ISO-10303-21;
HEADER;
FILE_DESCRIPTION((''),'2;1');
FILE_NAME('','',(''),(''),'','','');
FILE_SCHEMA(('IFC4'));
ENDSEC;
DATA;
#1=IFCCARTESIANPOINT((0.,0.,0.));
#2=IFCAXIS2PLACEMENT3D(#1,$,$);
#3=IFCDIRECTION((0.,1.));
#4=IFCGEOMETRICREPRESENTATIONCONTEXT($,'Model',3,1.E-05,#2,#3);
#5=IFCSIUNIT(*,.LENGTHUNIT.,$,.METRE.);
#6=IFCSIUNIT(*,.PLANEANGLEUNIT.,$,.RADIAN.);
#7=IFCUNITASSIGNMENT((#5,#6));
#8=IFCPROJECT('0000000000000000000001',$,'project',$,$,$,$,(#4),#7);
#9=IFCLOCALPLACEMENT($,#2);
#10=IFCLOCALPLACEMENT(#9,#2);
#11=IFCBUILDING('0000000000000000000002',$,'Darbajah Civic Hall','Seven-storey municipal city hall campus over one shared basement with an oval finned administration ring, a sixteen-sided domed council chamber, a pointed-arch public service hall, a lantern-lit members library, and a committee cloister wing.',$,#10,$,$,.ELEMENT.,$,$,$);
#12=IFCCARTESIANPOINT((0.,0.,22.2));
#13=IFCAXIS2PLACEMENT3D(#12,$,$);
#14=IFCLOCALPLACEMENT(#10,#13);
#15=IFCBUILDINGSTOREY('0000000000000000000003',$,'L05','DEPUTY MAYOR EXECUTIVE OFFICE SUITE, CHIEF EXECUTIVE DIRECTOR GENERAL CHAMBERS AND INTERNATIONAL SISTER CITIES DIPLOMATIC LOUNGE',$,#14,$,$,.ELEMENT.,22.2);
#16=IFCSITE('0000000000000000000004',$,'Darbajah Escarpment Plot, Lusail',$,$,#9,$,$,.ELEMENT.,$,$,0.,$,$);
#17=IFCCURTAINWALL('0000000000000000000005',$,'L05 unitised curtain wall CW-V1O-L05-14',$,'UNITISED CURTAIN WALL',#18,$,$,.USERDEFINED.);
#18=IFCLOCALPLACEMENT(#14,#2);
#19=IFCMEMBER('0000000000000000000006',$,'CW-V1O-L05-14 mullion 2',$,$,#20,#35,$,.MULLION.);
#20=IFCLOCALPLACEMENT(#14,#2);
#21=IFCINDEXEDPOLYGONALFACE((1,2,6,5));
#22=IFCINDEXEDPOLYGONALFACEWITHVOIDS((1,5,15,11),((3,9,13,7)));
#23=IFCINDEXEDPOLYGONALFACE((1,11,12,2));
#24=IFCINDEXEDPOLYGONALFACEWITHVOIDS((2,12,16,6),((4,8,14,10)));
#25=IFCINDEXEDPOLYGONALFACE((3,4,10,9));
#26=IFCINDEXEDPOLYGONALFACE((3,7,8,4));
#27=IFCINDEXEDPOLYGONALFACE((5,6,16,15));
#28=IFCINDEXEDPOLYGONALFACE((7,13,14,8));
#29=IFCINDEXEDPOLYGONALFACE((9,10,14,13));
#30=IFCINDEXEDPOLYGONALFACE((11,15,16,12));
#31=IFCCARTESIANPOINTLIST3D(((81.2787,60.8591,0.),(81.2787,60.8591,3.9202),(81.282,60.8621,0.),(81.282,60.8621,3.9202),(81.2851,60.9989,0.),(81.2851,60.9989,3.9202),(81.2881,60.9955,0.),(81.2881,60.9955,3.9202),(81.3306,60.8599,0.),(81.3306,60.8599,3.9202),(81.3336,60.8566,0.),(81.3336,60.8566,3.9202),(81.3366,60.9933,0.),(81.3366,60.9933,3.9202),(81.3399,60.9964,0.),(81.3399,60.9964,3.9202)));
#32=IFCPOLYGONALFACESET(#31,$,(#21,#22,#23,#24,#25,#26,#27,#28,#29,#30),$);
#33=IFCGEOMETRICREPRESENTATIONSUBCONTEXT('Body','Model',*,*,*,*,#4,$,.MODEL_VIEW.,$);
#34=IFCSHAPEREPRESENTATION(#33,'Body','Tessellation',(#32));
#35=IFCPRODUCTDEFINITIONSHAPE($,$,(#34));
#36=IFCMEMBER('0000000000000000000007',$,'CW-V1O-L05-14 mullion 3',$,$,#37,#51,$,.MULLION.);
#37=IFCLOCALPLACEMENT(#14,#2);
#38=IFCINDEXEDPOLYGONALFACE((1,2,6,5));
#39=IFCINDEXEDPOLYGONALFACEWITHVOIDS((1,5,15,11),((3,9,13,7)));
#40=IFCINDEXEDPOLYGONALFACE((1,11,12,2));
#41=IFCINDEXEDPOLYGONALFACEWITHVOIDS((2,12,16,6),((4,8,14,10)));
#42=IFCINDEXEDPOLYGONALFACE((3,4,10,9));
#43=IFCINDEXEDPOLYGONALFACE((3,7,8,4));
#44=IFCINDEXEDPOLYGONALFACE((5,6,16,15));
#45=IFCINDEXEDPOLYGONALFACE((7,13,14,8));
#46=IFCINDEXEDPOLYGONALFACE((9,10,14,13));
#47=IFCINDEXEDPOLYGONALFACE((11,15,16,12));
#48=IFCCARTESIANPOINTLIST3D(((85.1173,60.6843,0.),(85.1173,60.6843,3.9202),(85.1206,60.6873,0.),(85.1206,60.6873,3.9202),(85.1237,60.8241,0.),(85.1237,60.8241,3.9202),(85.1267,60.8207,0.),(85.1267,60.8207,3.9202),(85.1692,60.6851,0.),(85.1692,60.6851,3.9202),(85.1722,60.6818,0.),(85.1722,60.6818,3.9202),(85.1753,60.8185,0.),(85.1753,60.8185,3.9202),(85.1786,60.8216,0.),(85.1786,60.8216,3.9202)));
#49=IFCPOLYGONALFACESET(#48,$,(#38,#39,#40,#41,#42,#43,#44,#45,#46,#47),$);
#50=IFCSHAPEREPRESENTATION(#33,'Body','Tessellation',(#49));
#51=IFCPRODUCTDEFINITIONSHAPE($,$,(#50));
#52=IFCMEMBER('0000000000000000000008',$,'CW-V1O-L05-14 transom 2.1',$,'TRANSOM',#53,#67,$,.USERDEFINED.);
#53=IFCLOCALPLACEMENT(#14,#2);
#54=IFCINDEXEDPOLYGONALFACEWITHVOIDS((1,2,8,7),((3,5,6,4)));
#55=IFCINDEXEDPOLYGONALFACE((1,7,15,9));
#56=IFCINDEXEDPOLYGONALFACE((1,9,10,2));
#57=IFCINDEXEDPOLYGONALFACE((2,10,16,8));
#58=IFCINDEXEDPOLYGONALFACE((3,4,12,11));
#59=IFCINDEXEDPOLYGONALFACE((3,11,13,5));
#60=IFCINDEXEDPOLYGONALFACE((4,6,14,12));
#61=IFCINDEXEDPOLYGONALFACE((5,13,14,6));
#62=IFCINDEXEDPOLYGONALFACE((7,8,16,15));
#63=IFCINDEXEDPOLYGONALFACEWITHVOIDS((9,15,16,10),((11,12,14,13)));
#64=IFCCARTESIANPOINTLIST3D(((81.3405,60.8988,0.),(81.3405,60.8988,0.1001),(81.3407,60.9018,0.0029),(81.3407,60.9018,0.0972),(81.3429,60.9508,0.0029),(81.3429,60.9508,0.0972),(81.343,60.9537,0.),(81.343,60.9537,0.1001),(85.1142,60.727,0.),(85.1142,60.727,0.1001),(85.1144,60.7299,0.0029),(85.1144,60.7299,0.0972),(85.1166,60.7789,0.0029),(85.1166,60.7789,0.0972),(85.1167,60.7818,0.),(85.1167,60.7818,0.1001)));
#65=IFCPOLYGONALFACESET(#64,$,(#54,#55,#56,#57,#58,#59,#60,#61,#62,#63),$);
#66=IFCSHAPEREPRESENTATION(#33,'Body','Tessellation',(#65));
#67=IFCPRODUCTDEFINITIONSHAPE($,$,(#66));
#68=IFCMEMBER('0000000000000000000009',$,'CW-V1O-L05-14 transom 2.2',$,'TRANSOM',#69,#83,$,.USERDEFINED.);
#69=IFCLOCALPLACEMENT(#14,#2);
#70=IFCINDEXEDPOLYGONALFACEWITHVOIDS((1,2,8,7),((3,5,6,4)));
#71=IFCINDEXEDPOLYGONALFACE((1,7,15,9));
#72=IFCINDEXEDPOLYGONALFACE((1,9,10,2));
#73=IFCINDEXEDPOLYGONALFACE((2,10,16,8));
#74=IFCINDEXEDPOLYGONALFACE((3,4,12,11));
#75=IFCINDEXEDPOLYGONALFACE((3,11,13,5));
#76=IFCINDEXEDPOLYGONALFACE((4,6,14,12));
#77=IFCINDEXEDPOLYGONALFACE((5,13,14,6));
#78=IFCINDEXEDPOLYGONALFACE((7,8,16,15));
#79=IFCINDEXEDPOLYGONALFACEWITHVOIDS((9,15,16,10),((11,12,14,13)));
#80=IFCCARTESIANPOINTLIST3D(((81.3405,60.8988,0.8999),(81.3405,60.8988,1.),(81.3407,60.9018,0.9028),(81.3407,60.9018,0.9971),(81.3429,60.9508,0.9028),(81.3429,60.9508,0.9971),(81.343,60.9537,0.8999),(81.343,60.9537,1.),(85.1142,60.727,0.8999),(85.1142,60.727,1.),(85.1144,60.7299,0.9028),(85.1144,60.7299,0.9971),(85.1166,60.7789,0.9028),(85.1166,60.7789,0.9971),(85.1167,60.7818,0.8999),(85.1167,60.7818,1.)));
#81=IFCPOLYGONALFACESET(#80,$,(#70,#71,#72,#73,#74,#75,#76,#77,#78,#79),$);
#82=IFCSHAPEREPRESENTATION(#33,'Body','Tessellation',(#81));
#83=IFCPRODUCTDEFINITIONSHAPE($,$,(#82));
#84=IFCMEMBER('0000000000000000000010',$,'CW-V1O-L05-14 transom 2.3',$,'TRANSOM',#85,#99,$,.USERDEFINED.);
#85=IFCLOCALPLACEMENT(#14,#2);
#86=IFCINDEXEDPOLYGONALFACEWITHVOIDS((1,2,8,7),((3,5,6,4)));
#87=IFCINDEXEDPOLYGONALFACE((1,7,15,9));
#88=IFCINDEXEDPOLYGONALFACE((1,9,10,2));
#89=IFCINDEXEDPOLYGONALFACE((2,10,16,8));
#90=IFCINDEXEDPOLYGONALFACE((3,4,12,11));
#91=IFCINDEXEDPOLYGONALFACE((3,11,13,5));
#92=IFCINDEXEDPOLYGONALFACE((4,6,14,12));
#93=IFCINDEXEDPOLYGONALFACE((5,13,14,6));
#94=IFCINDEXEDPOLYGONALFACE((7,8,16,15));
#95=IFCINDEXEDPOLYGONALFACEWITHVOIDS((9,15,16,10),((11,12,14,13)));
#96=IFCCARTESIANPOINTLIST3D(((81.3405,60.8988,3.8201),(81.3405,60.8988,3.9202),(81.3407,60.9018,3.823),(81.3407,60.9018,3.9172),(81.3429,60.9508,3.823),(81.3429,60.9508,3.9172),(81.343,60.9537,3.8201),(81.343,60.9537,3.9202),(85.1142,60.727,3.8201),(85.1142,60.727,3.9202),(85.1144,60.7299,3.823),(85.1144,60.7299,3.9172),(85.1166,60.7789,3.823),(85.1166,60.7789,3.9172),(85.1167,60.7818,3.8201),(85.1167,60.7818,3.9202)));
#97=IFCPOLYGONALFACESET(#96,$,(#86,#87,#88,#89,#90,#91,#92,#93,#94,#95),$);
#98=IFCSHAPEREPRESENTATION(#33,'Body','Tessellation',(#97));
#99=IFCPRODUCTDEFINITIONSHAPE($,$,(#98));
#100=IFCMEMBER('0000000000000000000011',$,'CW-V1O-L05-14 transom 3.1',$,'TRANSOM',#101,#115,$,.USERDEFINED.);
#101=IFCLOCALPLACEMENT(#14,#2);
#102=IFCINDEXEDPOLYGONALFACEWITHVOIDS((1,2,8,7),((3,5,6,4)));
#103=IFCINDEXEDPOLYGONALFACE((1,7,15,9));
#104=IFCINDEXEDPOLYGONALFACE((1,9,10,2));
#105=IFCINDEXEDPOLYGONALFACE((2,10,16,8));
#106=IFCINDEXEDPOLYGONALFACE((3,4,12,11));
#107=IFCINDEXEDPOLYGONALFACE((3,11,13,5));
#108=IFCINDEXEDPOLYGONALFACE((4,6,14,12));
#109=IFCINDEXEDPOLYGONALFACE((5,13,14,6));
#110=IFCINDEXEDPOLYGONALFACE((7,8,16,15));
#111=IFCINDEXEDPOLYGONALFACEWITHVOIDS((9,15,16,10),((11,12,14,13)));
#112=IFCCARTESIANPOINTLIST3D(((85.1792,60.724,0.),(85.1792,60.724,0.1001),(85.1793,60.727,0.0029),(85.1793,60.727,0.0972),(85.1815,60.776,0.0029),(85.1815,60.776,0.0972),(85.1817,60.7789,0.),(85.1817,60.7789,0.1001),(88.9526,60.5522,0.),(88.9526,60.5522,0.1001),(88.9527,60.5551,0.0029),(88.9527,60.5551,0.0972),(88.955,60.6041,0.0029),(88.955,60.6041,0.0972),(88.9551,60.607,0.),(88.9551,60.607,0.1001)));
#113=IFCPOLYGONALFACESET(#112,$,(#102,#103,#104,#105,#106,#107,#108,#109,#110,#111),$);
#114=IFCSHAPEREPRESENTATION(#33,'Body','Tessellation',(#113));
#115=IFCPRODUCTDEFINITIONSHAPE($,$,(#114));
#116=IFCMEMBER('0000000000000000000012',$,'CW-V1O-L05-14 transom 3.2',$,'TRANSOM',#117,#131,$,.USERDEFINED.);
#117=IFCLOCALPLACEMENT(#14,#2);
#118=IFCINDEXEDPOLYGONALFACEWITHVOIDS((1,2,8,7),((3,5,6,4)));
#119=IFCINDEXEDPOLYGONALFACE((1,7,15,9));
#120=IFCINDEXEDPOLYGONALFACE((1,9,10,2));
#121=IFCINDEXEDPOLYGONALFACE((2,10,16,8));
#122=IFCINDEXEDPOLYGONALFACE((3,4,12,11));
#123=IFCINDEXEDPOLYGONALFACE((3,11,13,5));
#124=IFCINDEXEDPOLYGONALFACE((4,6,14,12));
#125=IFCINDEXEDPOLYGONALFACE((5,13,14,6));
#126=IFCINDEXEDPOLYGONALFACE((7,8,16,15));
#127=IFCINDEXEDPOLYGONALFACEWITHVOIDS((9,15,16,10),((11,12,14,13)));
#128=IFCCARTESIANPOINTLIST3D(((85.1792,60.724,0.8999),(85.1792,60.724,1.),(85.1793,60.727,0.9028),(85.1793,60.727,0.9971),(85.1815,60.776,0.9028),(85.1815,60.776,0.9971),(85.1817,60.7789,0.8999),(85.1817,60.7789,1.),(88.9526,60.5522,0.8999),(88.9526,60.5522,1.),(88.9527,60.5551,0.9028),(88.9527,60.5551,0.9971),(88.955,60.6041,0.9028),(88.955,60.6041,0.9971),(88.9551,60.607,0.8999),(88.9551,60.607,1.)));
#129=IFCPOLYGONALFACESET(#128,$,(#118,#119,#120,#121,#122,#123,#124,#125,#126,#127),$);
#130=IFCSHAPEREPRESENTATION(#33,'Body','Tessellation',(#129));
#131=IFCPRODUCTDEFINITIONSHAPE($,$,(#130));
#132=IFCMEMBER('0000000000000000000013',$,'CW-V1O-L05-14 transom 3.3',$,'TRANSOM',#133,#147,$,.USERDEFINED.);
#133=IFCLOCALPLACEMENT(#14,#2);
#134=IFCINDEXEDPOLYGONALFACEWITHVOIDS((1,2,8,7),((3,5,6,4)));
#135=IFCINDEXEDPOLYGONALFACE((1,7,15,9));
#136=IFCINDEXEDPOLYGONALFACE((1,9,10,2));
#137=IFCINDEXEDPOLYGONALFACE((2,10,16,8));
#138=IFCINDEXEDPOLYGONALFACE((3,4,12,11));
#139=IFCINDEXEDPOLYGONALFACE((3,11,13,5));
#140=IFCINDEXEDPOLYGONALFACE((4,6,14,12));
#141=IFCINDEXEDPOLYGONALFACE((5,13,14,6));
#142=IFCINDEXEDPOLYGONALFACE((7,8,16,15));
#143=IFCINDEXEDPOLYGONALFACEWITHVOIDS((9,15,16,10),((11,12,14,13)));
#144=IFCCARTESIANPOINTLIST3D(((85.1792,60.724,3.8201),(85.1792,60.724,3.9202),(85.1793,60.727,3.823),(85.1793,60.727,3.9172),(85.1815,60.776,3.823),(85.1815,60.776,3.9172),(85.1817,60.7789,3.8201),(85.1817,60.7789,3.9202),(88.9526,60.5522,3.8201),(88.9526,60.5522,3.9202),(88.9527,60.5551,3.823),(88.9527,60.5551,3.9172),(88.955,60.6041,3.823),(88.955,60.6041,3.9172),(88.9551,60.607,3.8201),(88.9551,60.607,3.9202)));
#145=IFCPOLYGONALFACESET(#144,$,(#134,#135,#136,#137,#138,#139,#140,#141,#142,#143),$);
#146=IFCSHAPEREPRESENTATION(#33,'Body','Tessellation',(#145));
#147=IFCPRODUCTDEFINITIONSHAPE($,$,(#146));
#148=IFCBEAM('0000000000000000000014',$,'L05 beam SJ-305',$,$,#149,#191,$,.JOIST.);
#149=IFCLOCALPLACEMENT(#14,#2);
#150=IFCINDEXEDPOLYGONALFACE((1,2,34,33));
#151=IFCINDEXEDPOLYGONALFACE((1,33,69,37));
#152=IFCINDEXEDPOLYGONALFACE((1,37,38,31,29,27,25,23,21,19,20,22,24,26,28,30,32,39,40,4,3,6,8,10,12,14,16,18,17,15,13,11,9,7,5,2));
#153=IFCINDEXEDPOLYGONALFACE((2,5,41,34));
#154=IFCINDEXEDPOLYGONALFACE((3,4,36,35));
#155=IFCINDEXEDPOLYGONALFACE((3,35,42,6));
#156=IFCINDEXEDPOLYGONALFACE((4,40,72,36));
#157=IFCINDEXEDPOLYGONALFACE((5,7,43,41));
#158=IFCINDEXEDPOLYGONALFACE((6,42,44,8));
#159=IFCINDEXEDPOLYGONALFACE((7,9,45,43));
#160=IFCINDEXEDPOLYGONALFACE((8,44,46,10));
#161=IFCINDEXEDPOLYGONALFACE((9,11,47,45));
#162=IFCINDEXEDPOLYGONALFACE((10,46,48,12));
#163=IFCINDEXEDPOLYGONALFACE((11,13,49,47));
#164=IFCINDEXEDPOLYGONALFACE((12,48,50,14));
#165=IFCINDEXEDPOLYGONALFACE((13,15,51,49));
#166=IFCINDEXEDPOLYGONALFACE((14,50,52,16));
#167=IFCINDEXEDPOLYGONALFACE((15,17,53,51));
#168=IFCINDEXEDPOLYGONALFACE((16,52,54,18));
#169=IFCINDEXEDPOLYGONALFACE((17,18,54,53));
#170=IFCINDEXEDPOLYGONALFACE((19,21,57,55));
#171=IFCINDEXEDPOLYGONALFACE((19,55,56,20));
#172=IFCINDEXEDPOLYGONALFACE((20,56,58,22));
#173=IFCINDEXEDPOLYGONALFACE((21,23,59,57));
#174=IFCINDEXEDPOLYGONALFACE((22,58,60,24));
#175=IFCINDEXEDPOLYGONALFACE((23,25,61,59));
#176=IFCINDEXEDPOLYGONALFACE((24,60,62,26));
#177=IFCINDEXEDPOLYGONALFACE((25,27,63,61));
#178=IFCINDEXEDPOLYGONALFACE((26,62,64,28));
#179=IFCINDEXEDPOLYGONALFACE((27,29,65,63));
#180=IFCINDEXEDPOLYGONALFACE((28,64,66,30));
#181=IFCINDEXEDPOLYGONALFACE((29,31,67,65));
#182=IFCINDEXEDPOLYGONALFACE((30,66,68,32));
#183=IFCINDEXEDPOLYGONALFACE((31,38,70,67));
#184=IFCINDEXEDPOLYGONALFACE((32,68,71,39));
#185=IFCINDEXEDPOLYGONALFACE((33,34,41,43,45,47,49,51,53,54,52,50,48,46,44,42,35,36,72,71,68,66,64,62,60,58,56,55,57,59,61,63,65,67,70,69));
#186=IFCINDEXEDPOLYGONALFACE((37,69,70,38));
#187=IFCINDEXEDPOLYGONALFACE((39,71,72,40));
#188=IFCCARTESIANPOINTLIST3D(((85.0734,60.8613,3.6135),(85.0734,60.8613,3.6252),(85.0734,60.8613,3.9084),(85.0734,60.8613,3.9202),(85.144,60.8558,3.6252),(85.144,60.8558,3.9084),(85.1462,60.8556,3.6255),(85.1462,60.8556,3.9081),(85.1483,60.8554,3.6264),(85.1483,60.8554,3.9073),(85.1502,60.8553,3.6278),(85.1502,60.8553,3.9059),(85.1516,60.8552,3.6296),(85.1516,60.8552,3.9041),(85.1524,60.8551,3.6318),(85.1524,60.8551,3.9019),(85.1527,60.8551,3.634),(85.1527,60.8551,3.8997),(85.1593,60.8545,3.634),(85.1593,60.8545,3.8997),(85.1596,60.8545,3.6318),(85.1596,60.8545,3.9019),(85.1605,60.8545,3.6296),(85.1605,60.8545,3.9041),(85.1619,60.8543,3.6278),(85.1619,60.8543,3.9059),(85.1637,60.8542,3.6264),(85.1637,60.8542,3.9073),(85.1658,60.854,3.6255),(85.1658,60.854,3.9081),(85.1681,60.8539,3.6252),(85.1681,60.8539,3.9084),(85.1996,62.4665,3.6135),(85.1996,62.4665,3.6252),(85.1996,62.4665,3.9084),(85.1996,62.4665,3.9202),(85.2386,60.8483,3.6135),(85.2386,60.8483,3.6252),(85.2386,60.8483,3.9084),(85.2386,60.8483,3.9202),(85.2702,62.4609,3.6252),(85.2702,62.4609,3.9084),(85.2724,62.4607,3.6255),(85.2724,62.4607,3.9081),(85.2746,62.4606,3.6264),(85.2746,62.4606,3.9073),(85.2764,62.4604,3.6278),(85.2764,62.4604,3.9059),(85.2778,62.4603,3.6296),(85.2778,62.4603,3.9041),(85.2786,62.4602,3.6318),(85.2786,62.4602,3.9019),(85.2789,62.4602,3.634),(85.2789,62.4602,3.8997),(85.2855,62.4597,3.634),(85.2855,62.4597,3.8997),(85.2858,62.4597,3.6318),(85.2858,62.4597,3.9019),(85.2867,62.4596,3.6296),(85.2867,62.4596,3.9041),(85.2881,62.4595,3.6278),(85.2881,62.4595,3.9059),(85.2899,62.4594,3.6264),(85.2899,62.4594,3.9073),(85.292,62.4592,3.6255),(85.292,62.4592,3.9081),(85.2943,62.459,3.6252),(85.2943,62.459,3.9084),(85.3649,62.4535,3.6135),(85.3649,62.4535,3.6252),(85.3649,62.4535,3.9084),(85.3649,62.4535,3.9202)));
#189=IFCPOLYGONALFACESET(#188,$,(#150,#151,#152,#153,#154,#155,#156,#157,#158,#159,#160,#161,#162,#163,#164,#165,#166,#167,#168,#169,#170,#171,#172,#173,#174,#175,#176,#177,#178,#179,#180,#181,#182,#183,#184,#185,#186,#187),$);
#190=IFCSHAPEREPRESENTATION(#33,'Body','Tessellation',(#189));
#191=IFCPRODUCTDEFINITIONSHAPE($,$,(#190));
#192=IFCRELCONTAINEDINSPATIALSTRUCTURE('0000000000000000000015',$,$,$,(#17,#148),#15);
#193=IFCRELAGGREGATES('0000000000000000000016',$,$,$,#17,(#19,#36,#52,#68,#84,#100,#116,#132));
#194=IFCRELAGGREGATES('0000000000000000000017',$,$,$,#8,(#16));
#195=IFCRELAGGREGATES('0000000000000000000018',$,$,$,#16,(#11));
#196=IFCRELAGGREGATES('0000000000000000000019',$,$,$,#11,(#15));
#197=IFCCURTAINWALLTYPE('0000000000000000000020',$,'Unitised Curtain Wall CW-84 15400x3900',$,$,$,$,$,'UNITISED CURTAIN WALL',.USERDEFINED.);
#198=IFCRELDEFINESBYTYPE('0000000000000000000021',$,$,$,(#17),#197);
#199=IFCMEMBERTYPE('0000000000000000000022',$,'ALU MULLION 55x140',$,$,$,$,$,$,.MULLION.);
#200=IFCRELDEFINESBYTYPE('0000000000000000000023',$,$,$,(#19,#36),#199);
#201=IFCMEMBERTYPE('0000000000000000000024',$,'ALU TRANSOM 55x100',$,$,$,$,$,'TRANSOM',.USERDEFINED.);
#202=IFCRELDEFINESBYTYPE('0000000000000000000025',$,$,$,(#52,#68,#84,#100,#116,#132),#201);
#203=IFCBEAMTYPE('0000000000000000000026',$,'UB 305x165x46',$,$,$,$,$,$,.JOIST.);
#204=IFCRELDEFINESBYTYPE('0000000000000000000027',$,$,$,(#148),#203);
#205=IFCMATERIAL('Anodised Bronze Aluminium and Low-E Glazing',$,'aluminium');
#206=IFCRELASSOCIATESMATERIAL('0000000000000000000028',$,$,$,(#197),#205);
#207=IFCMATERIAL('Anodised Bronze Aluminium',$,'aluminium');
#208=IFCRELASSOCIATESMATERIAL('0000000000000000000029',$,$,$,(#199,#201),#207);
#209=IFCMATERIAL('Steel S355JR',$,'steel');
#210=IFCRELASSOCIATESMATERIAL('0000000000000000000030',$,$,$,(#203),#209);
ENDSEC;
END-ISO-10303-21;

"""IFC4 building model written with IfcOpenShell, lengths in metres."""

from ifc_helpers import new_model, si_unit, direction, frame, origin, origin_2d, place, context, subcontext, project, spatial, hollow_rectangle, i_section, extrude, material, material_profile, profile_set, type_object, element, aggregate, save


model = new_model("IFC4")

# Units and contexts
model_context = context("Model", 3, precision=1e-05, world=origin(), true_north=direction((0.0, 1.0)))
body_context = subcontext(model_context, "Body", "Model", "MODEL_VIEW")
ifc_project = project(units=[si_unit("LENGTHUNIT", "METRE"), si_unit("PLANEANGLEUNIT", "RADIAN")], contexts=[model_context])

# Site, building, storey
site_placement = place(None, origin())
site = spatial("IfcSite", under=ifc_project, at=site_placement, Name="Darbajah Escarpment Plot, Lusail", CompositionType="ELEMENT", RefElevation=0.0)
building_placement = place(site_placement, origin())
building = spatial("IfcBuilding", under=site, at=building_placement, Name="Darbajah Civic Hall", Description="Seven-storey municipal city hall campus over one shared basement with an oval finned administration ring, a sixteen-sided domed council chamber, a pointed-arch public service hall, a lantern-lit members library, and a committee cloister wing.", CompositionType="ELEMENT")
storey_placement = place(building_placement, frame((0.0, 0.0, 22.2)))
storey = spatial("IfcBuildingStorey", under=building, at=storey_placement, Name="L05", Description="DEPUTY MAYOR EXECUTIVE OFFICE SUITE, CHIEF EXECUTIVE DIRECTOR GENERAL CHAMBERS AND INTERNATIONAL SISTER CITIES DIPLOMATIC LOUNGE", CompositionType="ELEMENT", Elevation=22.2)

# Curtain wall, members
ifc_material_1 = material(Name="Anodised Bronze Aluminium and Low-E Glazing", Category="aluminium")
curtain_wall_type = type_object("IfcCurtainWallType", Name="Unitised Curtain Wall CW-84 15400x3900", ElementType="UNITISED CURTAIN WALL", PredefinedType="USERDEFINED", material=ifc_material_1)
curtain_wall_placement = place(storey_placement, origin())
curtain_wall = element("IfcCurtainWall", 1, at=curtain_wall_placement, inside=storey, type_object=curtain_wall_type, Name="L05 unitised curtain wall CW-V1O-L05-14", ObjectType="UNITISED CURTAIN WALL", PredefinedType="USERDEFINED")
ifc_material_2 = material(Name="Anodised Bronze Aluminium", Category="aluminium")
ifc_material_profile_1 = material_profile(ifc_material_2, hollow_rectangle(XDim=0.0549, YDim=0.1399, WallThickness=0.0032, at=origin_2d()), Name="ALU MULLION 55x140")
ifc_profile_set_1 = profile_set([ifc_material_profile_1], Name="Anodised Bronze Aluminium")
member_type_1 = type_object("IfcMemberType", Name="ALU MULLION 55x140", PredefinedType="MULLION", material=ifc_profile_set_1)
member_1_placement = place(storey_placement, frame((81.3093, 60.9277, 0.0), z_axis=(0.0, 0.0, 1.0), x_axis=(0.998963, -0.045537, 0.0)))
member_1 = element("IfcMember", 2, at=member_1_placement, type_object=member_type_1, Name="CW-V1O-L05-14 mullion 2", PredefinedType="MULLION", context=body_context, shape_type="SweptSolid", body=[
    extrude(hollow_rectangle(XDim=0.0549, YDim=0.1399, WallThickness=0.0032, at=origin_2d()), origin(), (0.0, 0.0, 1.0), 3.9202),
])
member_2_placement = place(storey_placement, frame((85.1479, 60.7529, 0.0), z_axis=(0.0, 0.0, 1.0), x_axis=(0.998963, -0.045537, 0.0)))
member_2 = element("IfcMember", 3, at=member_2_placement, type_object=member_type_1, Name="CW-V1O-L05-14 mullion 3", PredefinedType="MULLION", context=body_context, shape_type="SweptSolid", body=[
    extrude(hollow_rectangle(XDim=0.0549, YDim=0.1399, WallThickness=0.0032, at=origin_2d()), origin(), (0.0, 0.0, 1.0), 3.9202),
])
ifc_material_profile_2 = material_profile(ifc_material_2, hollow_rectangle(XDim=0.0549, YDim=0.1001, WallThickness=0.0029, at=origin_2d()), Name="ALU TRANSOM 55x100")
ifc_profile_set_2 = profile_set([ifc_material_profile_2], Name="Anodised Bronze Aluminium")
member_type_2 = type_object("IfcMemberType", Name="ALU TRANSOM 55x100", ElementType="TRANSOM", PredefinedType="USERDEFINED", material=ifc_profile_set_2)
member_3_placement = place(storey_placement, frame((81.3418, 60.9263, 0.05), z_axis=(0.998964, -0.045499, 0.0), x_axis=(0.045499, 0.998964, 0.0)))
member_3 = element("IfcMember", 4, at=member_3_placement, type_object=member_type_2, Name="CW-V1O-L05-14 transom 2.1", ObjectType="TRANSOM", PredefinedType="USERDEFINED", context=body_context, shape_type="SweptSolid", body=[
    extrude(hollow_rectangle(XDim=0.0549, YDim=0.1001, WallThickness=0.0029, at=origin_2d()), origin(), (0.0, 0.0, 1.0), 3.7776),
])
member_4_placement = place(storey_placement, frame((81.3418, 60.9263, 0.95), z_axis=(0.998964, -0.045499, 0.0), x_axis=(0.045499, 0.998964, 0.0)))
member_4 = element("IfcMember", 5, at=member_4_placement, type_object=member_type_2, Name="CW-V1O-L05-14 transom 2.2", ObjectType="TRANSOM", PredefinedType="USERDEFINED", context=body_context, shape_type="SweptSolid", body=[
    extrude(hollow_rectangle(XDim=0.0549, YDim=0.1001, WallThickness=0.0029, at=origin_2d()), origin(), (0.0, 0.0, 1.0), 3.7776),
])
member_5_placement = place(storey_placement, frame((81.3418, 60.9263, 3.8701), z_axis=(0.998964, -0.045499, 0.0), x_axis=(0.045499, 0.998964, 0.0)))
member_5 = element("IfcMember", 6, at=member_5_placement, type_object=member_type_2, Name="CW-V1O-L05-14 transom 2.3", ObjectType="TRANSOM", PredefinedType="USERDEFINED", context=body_context, shape_type="SweptSolid", body=[
    extrude(hollow_rectangle(XDim=0.0549, YDim=0.1001, WallThickness=0.0029, at=origin_2d()), origin(), (0.0, 0.0, 1.0), 3.7776),
])
member_6_placement = place(storey_placement, frame((85.1804, 60.7515, 0.05), z_axis=(0.998964, -0.045501, 0.0), x_axis=(0.045501, 0.998964, 0.0)))
member_6 = element("IfcMember", 7, at=member_6_placement, type_object=member_type_2, Name="CW-V1O-L05-14 transom 3.1", ObjectType="TRANSOM", PredefinedType="USERDEFINED", context=body_context, shape_type="SweptSolid", body=[
    extrude(hollow_rectangle(XDim=0.0549, YDim=0.1001, WallThickness=0.0029, at=origin_2d()), origin(), (0.0, 0.0, 1.0), 3.7773),
])
member_7_placement = place(storey_placement, frame((85.1804, 60.7515, 0.95), z_axis=(0.998964, -0.045501, 0.0), x_axis=(0.045501, 0.998964, 0.0)))
member_7 = element("IfcMember", 8, at=member_7_placement, type_object=member_type_2, Name="CW-V1O-L05-14 transom 3.2", ObjectType="TRANSOM", PredefinedType="USERDEFINED", context=body_context, shape_type="SweptSolid", body=[
    extrude(hollow_rectangle(XDim=0.0549, YDim=0.1001, WallThickness=0.0029, at=origin_2d()), origin(), (0.0, 0.0, 1.0), 3.7773),
])
member_8_placement = place(storey_placement, frame((85.1804, 60.7515, 3.8701), z_axis=(0.998964, -0.045501, 0.0), x_axis=(0.045501, 0.998964, 0.0)))
member_8 = element("IfcMember", 9, at=member_8_placement, type_object=member_type_2, Name="CW-V1O-L05-14 transom 3.3", ObjectType="TRANSOM", PredefinedType="USERDEFINED", context=body_context, shape_type="SweptSolid", body=[
    extrude(hollow_rectangle(XDim=0.0549, YDim=0.1001, WallThickness=0.0029, at=origin_2d()), origin(), (0.0, 0.0, 1.0), 3.7773),
])

# Beam
ifc_material_3 = material(Name="Steel S355JR", Category="steel")
ifc_material_profile_3 = material_profile(ifc_material_3, i_section(OverallWidth=0.1658, OverallDepth=0.3066, WebThickness=0.0066, FlangeThickness=0.0117, FilletRadius=0.0088, at=origin_2d()), Name="UB 305x165x46")
ifc_profile_set_3 = profile_set([ifc_material_profile_3], Name="Steel S355JR")
beam_type = type_object("IfcBeamType", Name="UB 305x165x46", PredefinedType="JOIST", material=ifc_profile_set_3)
beam_placement = place(storey_placement, frame((85.2822, 62.46, 3.7668), z_axis=(-0.078389, -0.996923, 0.0), x_axis=(0.996923, -0.078389, 0.0)))
element("IfcBeam", 10, at=beam_placement, inside=storey, type_object=beam_type, Name="L05 beam SJ-305", PredefinedType="JOIST", context=body_context, shape_type="SweptSolid", body=[
    extrude(i_section(OverallWidth=0.1658, OverallDepth=0.3066, WebThickness=0.0066, FlangeThickness=0.0117, FilletRadius=0.0088, at=origin_2d()), origin(), (0.0, 0.0, 1.0), 1.6101),
])

aggregate(curtain_wall, [member_1, member_2, member_3, member_4, member_5, member_6, member_7, member_8])

save(model, "model.ifc")
